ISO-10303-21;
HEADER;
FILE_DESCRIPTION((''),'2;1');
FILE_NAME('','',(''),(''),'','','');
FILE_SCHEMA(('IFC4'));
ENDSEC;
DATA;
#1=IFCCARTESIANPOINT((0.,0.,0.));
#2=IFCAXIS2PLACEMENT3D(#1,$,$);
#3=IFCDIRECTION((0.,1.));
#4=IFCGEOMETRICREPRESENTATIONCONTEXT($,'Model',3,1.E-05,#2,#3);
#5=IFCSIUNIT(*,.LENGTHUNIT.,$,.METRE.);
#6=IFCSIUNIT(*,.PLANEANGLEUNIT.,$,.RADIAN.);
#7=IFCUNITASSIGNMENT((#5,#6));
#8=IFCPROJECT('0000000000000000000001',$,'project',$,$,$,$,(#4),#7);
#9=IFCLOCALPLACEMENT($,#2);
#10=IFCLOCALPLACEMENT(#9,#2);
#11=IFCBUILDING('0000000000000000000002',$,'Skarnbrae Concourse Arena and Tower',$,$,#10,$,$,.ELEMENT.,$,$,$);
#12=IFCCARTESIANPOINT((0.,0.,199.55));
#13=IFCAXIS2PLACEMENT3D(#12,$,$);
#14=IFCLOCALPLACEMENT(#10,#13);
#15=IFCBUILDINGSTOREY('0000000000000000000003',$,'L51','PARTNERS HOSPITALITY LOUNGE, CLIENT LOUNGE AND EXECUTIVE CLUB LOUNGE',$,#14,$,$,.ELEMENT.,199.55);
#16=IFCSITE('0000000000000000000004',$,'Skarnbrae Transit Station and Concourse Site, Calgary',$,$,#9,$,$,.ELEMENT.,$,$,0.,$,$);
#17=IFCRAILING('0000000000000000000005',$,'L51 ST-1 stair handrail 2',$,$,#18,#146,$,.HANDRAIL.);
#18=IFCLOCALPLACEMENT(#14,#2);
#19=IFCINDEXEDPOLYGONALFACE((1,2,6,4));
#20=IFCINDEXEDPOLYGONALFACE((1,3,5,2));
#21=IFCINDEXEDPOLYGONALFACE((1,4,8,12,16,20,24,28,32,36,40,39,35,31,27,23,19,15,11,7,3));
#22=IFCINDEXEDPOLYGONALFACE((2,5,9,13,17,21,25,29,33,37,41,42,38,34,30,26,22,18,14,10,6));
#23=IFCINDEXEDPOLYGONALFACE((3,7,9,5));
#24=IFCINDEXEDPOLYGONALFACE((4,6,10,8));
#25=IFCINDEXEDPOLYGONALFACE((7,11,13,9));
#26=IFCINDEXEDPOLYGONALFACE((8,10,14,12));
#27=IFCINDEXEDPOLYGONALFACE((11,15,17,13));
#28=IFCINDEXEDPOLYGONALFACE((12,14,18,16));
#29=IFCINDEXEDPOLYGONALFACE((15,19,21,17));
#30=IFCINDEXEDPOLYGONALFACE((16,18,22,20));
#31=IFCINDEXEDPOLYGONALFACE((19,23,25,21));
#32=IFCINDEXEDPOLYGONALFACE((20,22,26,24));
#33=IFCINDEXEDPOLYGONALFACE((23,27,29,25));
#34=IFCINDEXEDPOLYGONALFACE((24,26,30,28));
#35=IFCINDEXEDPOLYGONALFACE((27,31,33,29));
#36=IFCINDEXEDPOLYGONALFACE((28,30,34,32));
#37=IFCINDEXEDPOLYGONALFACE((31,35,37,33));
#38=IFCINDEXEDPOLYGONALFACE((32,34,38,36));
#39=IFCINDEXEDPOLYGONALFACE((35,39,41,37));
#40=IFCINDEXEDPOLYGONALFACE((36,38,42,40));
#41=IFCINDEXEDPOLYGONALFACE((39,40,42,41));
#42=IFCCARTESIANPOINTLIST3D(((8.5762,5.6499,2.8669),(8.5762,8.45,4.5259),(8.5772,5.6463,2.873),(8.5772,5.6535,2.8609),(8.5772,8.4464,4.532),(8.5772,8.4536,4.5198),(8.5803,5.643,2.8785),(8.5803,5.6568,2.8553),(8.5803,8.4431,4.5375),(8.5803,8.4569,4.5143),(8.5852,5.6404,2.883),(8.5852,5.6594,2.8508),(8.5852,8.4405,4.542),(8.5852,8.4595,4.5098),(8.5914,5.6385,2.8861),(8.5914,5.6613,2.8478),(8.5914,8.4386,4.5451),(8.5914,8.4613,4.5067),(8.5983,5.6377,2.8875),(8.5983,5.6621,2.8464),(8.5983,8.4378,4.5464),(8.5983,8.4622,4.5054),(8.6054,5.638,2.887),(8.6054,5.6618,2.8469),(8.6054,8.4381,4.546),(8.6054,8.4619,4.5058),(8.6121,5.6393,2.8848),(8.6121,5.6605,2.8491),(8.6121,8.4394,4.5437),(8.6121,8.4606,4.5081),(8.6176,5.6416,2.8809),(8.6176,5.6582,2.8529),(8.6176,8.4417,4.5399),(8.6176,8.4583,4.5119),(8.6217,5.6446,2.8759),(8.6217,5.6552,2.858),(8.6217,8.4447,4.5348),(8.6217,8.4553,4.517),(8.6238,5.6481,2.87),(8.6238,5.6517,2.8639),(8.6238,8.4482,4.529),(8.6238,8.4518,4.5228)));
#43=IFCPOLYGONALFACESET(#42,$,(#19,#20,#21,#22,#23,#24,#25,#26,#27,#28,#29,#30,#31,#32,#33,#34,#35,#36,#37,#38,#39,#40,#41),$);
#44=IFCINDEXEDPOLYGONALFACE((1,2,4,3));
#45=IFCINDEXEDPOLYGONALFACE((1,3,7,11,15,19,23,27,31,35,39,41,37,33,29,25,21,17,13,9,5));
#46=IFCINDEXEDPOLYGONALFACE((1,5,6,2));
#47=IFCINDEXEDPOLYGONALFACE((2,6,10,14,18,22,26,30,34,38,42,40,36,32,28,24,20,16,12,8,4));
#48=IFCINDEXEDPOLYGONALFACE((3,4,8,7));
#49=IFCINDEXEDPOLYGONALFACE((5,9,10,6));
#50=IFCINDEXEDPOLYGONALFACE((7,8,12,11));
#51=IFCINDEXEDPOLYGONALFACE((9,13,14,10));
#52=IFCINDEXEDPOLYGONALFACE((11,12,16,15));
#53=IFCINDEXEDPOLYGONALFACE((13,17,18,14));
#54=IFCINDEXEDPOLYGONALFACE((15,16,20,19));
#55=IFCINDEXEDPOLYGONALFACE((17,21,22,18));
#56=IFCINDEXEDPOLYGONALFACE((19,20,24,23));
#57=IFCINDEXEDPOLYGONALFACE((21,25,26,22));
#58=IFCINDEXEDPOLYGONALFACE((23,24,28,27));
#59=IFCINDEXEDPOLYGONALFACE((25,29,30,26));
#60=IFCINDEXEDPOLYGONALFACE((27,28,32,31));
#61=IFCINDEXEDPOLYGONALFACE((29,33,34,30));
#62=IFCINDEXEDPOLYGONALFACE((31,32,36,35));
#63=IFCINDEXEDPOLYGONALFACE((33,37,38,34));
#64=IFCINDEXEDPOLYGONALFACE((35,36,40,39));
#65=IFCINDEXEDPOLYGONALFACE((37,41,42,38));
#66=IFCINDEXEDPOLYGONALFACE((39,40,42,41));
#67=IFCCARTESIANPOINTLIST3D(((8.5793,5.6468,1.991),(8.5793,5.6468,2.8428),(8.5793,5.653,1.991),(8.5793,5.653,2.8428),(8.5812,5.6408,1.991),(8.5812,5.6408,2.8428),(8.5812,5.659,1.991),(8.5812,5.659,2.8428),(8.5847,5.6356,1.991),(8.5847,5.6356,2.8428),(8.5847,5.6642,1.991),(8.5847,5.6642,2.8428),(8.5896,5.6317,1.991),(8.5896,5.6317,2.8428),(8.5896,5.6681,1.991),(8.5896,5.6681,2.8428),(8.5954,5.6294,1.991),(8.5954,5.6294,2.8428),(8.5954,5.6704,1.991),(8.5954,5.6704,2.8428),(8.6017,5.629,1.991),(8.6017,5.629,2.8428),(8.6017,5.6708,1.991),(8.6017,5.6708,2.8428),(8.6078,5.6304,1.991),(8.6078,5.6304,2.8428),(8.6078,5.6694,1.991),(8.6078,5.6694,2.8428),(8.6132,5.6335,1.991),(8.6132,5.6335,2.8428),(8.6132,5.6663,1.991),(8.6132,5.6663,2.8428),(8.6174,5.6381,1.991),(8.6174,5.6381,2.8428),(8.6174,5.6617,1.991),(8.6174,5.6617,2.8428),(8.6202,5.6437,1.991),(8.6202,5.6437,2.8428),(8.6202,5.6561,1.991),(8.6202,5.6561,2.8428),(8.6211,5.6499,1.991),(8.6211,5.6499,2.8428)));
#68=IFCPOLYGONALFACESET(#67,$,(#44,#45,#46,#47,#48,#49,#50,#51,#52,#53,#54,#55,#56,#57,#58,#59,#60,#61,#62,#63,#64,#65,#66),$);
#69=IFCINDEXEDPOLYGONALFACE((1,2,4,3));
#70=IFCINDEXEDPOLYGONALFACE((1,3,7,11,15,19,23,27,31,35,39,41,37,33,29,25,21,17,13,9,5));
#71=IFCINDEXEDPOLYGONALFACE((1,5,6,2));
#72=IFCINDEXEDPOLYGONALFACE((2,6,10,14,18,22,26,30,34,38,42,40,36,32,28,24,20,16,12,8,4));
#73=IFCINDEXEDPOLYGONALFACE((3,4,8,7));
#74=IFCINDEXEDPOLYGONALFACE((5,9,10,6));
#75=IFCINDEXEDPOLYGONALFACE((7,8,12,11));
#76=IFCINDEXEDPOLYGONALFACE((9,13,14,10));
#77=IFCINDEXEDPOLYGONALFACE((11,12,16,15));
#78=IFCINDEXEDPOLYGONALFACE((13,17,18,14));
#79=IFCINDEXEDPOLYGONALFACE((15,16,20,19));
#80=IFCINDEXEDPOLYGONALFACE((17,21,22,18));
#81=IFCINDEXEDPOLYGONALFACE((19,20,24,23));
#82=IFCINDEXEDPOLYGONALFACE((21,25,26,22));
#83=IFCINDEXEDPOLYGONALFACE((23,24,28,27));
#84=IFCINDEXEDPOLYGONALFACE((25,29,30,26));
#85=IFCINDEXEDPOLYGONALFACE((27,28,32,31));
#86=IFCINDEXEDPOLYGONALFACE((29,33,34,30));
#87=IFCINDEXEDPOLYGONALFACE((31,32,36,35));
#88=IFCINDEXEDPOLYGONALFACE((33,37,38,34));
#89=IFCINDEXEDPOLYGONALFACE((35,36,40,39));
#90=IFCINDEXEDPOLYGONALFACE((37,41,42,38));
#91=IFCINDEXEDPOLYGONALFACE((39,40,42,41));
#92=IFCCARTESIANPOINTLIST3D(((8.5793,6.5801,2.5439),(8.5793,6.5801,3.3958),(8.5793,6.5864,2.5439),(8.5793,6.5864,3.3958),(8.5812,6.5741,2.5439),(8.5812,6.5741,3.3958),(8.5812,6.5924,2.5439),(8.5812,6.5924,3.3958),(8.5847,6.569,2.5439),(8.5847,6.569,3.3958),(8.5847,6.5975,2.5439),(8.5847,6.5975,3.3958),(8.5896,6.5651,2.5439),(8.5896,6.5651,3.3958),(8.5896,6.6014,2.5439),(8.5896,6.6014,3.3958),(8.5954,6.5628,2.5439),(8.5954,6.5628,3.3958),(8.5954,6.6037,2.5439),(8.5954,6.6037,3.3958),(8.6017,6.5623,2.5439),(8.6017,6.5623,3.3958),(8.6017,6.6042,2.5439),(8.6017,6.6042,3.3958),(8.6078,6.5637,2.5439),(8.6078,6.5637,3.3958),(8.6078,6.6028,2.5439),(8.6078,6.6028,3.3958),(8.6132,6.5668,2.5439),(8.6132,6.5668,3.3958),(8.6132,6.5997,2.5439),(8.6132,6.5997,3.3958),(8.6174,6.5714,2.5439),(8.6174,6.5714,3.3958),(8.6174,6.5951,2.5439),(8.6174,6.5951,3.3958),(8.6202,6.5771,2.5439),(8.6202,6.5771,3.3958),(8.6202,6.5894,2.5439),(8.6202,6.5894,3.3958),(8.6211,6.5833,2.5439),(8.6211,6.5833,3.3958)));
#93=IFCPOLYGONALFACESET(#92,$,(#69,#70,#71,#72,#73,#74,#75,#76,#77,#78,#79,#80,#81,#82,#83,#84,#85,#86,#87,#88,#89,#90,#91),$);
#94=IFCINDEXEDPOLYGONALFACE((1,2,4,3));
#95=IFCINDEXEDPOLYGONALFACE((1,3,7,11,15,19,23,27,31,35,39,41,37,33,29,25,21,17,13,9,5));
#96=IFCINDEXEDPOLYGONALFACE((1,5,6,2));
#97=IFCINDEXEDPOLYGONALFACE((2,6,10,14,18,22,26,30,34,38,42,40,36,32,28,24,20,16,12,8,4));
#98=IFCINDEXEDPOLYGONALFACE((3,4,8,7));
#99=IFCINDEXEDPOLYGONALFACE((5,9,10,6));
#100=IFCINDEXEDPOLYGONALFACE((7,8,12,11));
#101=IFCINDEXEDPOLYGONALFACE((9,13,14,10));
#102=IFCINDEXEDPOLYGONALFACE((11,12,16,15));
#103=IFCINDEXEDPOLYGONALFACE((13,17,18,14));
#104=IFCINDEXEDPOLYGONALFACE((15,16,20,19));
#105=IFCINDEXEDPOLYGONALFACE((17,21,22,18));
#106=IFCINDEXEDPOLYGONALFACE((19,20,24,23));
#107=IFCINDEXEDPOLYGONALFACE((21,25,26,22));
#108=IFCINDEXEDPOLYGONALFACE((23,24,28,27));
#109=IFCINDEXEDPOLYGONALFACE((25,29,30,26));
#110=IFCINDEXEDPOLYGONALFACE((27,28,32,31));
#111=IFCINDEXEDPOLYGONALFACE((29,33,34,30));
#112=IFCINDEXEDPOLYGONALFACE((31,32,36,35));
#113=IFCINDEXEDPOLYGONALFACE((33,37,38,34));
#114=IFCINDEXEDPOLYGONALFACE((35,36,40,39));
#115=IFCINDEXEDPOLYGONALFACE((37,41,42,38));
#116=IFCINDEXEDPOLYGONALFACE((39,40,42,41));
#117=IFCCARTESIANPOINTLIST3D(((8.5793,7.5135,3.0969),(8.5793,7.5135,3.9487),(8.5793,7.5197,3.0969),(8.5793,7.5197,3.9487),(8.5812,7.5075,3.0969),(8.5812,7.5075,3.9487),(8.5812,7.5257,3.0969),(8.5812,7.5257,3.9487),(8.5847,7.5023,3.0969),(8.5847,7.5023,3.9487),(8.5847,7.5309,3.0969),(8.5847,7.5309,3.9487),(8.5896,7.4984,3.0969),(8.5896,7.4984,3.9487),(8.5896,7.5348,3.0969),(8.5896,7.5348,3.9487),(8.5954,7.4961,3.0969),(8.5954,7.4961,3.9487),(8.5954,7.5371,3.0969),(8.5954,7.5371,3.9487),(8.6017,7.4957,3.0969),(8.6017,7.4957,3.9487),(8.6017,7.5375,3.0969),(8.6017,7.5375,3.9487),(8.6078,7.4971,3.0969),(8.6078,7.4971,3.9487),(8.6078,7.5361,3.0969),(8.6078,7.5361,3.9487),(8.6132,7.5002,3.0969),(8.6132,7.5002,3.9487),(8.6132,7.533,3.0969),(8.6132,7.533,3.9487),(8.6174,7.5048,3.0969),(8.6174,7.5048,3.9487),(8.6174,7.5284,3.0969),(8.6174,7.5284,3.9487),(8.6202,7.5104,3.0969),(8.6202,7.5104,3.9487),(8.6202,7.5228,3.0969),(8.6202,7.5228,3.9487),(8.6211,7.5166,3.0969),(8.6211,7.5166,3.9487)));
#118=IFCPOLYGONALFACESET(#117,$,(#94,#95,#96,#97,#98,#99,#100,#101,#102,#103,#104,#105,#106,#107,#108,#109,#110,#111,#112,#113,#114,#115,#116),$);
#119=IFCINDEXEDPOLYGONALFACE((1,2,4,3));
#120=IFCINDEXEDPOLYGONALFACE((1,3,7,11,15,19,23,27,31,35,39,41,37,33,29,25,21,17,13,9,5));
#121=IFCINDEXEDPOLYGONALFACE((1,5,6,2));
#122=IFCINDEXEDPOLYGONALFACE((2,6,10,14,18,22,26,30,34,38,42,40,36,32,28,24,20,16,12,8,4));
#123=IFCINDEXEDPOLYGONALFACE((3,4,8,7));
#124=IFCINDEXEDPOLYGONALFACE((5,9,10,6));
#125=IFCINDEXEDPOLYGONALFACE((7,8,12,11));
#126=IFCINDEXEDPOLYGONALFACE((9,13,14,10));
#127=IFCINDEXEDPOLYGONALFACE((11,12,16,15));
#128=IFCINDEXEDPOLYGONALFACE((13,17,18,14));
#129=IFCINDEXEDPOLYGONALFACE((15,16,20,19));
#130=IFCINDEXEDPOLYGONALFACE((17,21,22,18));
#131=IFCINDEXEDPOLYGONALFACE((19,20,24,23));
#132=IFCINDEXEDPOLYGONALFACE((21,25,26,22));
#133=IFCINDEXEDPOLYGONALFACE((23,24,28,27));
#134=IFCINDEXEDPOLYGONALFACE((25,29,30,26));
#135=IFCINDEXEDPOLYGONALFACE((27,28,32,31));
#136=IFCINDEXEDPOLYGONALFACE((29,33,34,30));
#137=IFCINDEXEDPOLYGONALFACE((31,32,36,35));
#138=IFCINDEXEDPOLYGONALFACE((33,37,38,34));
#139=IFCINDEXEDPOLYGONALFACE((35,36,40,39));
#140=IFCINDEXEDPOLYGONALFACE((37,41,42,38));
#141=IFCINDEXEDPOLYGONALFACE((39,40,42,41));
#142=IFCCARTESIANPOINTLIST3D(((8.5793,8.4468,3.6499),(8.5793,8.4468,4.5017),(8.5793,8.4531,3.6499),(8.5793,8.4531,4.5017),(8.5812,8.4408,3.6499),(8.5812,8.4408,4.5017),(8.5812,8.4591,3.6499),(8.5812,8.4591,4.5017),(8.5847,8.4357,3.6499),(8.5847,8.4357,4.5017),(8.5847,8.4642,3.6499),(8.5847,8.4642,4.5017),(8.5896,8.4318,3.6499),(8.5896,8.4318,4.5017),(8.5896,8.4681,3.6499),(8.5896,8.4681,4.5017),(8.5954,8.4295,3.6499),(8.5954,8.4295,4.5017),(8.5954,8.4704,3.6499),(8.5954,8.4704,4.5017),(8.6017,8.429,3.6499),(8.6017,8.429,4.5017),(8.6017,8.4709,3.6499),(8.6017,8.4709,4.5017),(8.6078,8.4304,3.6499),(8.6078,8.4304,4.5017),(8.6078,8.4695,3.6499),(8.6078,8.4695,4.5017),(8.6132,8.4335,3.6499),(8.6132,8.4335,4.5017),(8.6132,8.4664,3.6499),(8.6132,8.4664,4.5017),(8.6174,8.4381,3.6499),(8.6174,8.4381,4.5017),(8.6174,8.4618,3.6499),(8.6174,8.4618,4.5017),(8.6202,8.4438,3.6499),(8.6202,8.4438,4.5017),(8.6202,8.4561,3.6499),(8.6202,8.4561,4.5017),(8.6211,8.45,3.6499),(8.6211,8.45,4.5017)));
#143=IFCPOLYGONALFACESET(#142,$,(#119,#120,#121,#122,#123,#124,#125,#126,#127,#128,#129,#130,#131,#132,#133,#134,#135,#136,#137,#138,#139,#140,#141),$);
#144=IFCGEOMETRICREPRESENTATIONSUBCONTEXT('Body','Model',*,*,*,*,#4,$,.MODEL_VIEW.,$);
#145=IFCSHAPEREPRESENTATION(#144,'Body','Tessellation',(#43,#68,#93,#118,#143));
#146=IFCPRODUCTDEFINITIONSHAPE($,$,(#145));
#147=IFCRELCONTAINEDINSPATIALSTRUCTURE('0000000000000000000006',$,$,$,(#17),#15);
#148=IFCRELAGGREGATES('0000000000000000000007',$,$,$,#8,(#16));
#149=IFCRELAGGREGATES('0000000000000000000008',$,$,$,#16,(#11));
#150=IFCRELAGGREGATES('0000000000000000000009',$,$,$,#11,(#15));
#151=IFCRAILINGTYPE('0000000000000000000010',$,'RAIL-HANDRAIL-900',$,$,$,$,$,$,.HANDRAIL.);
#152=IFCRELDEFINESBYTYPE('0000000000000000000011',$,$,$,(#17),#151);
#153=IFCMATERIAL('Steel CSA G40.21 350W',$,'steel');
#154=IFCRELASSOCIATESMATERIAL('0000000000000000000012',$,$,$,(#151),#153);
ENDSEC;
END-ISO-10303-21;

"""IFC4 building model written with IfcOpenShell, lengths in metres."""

from ifc_helpers import new_model, si_unit, direction, frame, origin, origin_2d, place, context, subcontext, project, spatial, circle, extrude, material, type_object, element, save


model = new_model("IFC4")

# Units and contexts
model_context = context("Model", 3, precision=1e-05, world=origin(), true_north=direction((0.0, 1.0)))
body_context = subcontext(model_context, "Body", "Model", "MODEL_VIEW")
ifc_project = project(units=[si_unit("LENGTHUNIT", "METRE"), si_unit("PLANEANGLEUNIT", "RADIAN")], contexts=[model_context])

# Site, building, storey
site_placement = place(None, origin())
site = spatial("IfcSite", under=ifc_project, at=site_placement, Name="Skarnbrae Transit Station and Concourse Site, Calgary", CompositionType="ELEMENT", RefElevation=0.0)
building_placement = place(site_placement, origin())
building = spatial("IfcBuilding", under=site, at=building_placement, Name="Skarnbrae Concourse Arena and Tower", CompositionType="ELEMENT")
storey_placement = place(building_placement, frame((0.0, 0.0, 199.55)))
storey = spatial("IfcBuildingStorey", under=building, at=storey_placement, Name="L51", Description="PARTNERS HOSPITALITY LOUNGE, CLIENT LOUNGE AND EXECUTIVE CLUB LOUNGE", CompositionType="ELEMENT", Elevation=199.55)

# Shared definitions
ifc_material_1 = material(Name="Steel CSA G40.21 350W", Category="steel")

# Railing
railing_type_1 = type_object("IfcRailingType", Name="RAIL-HANDRAIL-900", PredefinedType="HANDRAIL", material=ifc_material_1)
railing_1_placement = place(storey_placement, frame((8.6001, 5.6499, 1.991)))
element("IfcRailing", 1, at=railing_1_placement, inside=storey, type_object=railing_type_1, Name="L51 ST-1 stair handrail 2", PredefinedType="HANDRAIL", context=body_context, shape_type="SweptSolid", body=[
    extrude(circle(Radius=0.0239, at=origin_2d()), frame((0.0, 0.0, 0.876), z_axis=(0.0, 0.860339, 0.509722), x_axis=(-1.0, 0.0, 0.0)), (0.0, 0.0, 1.0), 3.2546),
    extrude(circle(Radius=0.021, at=origin_2d()), origin(), (0.0, 0.0, 1.0), 0.8518),
    extrude(circle(Radius=0.021, at=origin_2d()), frame((0.0, 0.9333, 0.553)), (0.0, 0.0, 1.0), 0.8518),
    extrude(circle(Radius=0.021, at=origin_2d()), frame((0.0, 1.8667, 1.106)), (0.0, 0.0, 1.0), 0.8518),
    extrude(circle(Radius=0.021, at=origin_2d()), frame((0.0, 2.8, 1.6589)), (0.0, 0.0, 1.0), 0.8518),
])

save(model, "model.ifc")
